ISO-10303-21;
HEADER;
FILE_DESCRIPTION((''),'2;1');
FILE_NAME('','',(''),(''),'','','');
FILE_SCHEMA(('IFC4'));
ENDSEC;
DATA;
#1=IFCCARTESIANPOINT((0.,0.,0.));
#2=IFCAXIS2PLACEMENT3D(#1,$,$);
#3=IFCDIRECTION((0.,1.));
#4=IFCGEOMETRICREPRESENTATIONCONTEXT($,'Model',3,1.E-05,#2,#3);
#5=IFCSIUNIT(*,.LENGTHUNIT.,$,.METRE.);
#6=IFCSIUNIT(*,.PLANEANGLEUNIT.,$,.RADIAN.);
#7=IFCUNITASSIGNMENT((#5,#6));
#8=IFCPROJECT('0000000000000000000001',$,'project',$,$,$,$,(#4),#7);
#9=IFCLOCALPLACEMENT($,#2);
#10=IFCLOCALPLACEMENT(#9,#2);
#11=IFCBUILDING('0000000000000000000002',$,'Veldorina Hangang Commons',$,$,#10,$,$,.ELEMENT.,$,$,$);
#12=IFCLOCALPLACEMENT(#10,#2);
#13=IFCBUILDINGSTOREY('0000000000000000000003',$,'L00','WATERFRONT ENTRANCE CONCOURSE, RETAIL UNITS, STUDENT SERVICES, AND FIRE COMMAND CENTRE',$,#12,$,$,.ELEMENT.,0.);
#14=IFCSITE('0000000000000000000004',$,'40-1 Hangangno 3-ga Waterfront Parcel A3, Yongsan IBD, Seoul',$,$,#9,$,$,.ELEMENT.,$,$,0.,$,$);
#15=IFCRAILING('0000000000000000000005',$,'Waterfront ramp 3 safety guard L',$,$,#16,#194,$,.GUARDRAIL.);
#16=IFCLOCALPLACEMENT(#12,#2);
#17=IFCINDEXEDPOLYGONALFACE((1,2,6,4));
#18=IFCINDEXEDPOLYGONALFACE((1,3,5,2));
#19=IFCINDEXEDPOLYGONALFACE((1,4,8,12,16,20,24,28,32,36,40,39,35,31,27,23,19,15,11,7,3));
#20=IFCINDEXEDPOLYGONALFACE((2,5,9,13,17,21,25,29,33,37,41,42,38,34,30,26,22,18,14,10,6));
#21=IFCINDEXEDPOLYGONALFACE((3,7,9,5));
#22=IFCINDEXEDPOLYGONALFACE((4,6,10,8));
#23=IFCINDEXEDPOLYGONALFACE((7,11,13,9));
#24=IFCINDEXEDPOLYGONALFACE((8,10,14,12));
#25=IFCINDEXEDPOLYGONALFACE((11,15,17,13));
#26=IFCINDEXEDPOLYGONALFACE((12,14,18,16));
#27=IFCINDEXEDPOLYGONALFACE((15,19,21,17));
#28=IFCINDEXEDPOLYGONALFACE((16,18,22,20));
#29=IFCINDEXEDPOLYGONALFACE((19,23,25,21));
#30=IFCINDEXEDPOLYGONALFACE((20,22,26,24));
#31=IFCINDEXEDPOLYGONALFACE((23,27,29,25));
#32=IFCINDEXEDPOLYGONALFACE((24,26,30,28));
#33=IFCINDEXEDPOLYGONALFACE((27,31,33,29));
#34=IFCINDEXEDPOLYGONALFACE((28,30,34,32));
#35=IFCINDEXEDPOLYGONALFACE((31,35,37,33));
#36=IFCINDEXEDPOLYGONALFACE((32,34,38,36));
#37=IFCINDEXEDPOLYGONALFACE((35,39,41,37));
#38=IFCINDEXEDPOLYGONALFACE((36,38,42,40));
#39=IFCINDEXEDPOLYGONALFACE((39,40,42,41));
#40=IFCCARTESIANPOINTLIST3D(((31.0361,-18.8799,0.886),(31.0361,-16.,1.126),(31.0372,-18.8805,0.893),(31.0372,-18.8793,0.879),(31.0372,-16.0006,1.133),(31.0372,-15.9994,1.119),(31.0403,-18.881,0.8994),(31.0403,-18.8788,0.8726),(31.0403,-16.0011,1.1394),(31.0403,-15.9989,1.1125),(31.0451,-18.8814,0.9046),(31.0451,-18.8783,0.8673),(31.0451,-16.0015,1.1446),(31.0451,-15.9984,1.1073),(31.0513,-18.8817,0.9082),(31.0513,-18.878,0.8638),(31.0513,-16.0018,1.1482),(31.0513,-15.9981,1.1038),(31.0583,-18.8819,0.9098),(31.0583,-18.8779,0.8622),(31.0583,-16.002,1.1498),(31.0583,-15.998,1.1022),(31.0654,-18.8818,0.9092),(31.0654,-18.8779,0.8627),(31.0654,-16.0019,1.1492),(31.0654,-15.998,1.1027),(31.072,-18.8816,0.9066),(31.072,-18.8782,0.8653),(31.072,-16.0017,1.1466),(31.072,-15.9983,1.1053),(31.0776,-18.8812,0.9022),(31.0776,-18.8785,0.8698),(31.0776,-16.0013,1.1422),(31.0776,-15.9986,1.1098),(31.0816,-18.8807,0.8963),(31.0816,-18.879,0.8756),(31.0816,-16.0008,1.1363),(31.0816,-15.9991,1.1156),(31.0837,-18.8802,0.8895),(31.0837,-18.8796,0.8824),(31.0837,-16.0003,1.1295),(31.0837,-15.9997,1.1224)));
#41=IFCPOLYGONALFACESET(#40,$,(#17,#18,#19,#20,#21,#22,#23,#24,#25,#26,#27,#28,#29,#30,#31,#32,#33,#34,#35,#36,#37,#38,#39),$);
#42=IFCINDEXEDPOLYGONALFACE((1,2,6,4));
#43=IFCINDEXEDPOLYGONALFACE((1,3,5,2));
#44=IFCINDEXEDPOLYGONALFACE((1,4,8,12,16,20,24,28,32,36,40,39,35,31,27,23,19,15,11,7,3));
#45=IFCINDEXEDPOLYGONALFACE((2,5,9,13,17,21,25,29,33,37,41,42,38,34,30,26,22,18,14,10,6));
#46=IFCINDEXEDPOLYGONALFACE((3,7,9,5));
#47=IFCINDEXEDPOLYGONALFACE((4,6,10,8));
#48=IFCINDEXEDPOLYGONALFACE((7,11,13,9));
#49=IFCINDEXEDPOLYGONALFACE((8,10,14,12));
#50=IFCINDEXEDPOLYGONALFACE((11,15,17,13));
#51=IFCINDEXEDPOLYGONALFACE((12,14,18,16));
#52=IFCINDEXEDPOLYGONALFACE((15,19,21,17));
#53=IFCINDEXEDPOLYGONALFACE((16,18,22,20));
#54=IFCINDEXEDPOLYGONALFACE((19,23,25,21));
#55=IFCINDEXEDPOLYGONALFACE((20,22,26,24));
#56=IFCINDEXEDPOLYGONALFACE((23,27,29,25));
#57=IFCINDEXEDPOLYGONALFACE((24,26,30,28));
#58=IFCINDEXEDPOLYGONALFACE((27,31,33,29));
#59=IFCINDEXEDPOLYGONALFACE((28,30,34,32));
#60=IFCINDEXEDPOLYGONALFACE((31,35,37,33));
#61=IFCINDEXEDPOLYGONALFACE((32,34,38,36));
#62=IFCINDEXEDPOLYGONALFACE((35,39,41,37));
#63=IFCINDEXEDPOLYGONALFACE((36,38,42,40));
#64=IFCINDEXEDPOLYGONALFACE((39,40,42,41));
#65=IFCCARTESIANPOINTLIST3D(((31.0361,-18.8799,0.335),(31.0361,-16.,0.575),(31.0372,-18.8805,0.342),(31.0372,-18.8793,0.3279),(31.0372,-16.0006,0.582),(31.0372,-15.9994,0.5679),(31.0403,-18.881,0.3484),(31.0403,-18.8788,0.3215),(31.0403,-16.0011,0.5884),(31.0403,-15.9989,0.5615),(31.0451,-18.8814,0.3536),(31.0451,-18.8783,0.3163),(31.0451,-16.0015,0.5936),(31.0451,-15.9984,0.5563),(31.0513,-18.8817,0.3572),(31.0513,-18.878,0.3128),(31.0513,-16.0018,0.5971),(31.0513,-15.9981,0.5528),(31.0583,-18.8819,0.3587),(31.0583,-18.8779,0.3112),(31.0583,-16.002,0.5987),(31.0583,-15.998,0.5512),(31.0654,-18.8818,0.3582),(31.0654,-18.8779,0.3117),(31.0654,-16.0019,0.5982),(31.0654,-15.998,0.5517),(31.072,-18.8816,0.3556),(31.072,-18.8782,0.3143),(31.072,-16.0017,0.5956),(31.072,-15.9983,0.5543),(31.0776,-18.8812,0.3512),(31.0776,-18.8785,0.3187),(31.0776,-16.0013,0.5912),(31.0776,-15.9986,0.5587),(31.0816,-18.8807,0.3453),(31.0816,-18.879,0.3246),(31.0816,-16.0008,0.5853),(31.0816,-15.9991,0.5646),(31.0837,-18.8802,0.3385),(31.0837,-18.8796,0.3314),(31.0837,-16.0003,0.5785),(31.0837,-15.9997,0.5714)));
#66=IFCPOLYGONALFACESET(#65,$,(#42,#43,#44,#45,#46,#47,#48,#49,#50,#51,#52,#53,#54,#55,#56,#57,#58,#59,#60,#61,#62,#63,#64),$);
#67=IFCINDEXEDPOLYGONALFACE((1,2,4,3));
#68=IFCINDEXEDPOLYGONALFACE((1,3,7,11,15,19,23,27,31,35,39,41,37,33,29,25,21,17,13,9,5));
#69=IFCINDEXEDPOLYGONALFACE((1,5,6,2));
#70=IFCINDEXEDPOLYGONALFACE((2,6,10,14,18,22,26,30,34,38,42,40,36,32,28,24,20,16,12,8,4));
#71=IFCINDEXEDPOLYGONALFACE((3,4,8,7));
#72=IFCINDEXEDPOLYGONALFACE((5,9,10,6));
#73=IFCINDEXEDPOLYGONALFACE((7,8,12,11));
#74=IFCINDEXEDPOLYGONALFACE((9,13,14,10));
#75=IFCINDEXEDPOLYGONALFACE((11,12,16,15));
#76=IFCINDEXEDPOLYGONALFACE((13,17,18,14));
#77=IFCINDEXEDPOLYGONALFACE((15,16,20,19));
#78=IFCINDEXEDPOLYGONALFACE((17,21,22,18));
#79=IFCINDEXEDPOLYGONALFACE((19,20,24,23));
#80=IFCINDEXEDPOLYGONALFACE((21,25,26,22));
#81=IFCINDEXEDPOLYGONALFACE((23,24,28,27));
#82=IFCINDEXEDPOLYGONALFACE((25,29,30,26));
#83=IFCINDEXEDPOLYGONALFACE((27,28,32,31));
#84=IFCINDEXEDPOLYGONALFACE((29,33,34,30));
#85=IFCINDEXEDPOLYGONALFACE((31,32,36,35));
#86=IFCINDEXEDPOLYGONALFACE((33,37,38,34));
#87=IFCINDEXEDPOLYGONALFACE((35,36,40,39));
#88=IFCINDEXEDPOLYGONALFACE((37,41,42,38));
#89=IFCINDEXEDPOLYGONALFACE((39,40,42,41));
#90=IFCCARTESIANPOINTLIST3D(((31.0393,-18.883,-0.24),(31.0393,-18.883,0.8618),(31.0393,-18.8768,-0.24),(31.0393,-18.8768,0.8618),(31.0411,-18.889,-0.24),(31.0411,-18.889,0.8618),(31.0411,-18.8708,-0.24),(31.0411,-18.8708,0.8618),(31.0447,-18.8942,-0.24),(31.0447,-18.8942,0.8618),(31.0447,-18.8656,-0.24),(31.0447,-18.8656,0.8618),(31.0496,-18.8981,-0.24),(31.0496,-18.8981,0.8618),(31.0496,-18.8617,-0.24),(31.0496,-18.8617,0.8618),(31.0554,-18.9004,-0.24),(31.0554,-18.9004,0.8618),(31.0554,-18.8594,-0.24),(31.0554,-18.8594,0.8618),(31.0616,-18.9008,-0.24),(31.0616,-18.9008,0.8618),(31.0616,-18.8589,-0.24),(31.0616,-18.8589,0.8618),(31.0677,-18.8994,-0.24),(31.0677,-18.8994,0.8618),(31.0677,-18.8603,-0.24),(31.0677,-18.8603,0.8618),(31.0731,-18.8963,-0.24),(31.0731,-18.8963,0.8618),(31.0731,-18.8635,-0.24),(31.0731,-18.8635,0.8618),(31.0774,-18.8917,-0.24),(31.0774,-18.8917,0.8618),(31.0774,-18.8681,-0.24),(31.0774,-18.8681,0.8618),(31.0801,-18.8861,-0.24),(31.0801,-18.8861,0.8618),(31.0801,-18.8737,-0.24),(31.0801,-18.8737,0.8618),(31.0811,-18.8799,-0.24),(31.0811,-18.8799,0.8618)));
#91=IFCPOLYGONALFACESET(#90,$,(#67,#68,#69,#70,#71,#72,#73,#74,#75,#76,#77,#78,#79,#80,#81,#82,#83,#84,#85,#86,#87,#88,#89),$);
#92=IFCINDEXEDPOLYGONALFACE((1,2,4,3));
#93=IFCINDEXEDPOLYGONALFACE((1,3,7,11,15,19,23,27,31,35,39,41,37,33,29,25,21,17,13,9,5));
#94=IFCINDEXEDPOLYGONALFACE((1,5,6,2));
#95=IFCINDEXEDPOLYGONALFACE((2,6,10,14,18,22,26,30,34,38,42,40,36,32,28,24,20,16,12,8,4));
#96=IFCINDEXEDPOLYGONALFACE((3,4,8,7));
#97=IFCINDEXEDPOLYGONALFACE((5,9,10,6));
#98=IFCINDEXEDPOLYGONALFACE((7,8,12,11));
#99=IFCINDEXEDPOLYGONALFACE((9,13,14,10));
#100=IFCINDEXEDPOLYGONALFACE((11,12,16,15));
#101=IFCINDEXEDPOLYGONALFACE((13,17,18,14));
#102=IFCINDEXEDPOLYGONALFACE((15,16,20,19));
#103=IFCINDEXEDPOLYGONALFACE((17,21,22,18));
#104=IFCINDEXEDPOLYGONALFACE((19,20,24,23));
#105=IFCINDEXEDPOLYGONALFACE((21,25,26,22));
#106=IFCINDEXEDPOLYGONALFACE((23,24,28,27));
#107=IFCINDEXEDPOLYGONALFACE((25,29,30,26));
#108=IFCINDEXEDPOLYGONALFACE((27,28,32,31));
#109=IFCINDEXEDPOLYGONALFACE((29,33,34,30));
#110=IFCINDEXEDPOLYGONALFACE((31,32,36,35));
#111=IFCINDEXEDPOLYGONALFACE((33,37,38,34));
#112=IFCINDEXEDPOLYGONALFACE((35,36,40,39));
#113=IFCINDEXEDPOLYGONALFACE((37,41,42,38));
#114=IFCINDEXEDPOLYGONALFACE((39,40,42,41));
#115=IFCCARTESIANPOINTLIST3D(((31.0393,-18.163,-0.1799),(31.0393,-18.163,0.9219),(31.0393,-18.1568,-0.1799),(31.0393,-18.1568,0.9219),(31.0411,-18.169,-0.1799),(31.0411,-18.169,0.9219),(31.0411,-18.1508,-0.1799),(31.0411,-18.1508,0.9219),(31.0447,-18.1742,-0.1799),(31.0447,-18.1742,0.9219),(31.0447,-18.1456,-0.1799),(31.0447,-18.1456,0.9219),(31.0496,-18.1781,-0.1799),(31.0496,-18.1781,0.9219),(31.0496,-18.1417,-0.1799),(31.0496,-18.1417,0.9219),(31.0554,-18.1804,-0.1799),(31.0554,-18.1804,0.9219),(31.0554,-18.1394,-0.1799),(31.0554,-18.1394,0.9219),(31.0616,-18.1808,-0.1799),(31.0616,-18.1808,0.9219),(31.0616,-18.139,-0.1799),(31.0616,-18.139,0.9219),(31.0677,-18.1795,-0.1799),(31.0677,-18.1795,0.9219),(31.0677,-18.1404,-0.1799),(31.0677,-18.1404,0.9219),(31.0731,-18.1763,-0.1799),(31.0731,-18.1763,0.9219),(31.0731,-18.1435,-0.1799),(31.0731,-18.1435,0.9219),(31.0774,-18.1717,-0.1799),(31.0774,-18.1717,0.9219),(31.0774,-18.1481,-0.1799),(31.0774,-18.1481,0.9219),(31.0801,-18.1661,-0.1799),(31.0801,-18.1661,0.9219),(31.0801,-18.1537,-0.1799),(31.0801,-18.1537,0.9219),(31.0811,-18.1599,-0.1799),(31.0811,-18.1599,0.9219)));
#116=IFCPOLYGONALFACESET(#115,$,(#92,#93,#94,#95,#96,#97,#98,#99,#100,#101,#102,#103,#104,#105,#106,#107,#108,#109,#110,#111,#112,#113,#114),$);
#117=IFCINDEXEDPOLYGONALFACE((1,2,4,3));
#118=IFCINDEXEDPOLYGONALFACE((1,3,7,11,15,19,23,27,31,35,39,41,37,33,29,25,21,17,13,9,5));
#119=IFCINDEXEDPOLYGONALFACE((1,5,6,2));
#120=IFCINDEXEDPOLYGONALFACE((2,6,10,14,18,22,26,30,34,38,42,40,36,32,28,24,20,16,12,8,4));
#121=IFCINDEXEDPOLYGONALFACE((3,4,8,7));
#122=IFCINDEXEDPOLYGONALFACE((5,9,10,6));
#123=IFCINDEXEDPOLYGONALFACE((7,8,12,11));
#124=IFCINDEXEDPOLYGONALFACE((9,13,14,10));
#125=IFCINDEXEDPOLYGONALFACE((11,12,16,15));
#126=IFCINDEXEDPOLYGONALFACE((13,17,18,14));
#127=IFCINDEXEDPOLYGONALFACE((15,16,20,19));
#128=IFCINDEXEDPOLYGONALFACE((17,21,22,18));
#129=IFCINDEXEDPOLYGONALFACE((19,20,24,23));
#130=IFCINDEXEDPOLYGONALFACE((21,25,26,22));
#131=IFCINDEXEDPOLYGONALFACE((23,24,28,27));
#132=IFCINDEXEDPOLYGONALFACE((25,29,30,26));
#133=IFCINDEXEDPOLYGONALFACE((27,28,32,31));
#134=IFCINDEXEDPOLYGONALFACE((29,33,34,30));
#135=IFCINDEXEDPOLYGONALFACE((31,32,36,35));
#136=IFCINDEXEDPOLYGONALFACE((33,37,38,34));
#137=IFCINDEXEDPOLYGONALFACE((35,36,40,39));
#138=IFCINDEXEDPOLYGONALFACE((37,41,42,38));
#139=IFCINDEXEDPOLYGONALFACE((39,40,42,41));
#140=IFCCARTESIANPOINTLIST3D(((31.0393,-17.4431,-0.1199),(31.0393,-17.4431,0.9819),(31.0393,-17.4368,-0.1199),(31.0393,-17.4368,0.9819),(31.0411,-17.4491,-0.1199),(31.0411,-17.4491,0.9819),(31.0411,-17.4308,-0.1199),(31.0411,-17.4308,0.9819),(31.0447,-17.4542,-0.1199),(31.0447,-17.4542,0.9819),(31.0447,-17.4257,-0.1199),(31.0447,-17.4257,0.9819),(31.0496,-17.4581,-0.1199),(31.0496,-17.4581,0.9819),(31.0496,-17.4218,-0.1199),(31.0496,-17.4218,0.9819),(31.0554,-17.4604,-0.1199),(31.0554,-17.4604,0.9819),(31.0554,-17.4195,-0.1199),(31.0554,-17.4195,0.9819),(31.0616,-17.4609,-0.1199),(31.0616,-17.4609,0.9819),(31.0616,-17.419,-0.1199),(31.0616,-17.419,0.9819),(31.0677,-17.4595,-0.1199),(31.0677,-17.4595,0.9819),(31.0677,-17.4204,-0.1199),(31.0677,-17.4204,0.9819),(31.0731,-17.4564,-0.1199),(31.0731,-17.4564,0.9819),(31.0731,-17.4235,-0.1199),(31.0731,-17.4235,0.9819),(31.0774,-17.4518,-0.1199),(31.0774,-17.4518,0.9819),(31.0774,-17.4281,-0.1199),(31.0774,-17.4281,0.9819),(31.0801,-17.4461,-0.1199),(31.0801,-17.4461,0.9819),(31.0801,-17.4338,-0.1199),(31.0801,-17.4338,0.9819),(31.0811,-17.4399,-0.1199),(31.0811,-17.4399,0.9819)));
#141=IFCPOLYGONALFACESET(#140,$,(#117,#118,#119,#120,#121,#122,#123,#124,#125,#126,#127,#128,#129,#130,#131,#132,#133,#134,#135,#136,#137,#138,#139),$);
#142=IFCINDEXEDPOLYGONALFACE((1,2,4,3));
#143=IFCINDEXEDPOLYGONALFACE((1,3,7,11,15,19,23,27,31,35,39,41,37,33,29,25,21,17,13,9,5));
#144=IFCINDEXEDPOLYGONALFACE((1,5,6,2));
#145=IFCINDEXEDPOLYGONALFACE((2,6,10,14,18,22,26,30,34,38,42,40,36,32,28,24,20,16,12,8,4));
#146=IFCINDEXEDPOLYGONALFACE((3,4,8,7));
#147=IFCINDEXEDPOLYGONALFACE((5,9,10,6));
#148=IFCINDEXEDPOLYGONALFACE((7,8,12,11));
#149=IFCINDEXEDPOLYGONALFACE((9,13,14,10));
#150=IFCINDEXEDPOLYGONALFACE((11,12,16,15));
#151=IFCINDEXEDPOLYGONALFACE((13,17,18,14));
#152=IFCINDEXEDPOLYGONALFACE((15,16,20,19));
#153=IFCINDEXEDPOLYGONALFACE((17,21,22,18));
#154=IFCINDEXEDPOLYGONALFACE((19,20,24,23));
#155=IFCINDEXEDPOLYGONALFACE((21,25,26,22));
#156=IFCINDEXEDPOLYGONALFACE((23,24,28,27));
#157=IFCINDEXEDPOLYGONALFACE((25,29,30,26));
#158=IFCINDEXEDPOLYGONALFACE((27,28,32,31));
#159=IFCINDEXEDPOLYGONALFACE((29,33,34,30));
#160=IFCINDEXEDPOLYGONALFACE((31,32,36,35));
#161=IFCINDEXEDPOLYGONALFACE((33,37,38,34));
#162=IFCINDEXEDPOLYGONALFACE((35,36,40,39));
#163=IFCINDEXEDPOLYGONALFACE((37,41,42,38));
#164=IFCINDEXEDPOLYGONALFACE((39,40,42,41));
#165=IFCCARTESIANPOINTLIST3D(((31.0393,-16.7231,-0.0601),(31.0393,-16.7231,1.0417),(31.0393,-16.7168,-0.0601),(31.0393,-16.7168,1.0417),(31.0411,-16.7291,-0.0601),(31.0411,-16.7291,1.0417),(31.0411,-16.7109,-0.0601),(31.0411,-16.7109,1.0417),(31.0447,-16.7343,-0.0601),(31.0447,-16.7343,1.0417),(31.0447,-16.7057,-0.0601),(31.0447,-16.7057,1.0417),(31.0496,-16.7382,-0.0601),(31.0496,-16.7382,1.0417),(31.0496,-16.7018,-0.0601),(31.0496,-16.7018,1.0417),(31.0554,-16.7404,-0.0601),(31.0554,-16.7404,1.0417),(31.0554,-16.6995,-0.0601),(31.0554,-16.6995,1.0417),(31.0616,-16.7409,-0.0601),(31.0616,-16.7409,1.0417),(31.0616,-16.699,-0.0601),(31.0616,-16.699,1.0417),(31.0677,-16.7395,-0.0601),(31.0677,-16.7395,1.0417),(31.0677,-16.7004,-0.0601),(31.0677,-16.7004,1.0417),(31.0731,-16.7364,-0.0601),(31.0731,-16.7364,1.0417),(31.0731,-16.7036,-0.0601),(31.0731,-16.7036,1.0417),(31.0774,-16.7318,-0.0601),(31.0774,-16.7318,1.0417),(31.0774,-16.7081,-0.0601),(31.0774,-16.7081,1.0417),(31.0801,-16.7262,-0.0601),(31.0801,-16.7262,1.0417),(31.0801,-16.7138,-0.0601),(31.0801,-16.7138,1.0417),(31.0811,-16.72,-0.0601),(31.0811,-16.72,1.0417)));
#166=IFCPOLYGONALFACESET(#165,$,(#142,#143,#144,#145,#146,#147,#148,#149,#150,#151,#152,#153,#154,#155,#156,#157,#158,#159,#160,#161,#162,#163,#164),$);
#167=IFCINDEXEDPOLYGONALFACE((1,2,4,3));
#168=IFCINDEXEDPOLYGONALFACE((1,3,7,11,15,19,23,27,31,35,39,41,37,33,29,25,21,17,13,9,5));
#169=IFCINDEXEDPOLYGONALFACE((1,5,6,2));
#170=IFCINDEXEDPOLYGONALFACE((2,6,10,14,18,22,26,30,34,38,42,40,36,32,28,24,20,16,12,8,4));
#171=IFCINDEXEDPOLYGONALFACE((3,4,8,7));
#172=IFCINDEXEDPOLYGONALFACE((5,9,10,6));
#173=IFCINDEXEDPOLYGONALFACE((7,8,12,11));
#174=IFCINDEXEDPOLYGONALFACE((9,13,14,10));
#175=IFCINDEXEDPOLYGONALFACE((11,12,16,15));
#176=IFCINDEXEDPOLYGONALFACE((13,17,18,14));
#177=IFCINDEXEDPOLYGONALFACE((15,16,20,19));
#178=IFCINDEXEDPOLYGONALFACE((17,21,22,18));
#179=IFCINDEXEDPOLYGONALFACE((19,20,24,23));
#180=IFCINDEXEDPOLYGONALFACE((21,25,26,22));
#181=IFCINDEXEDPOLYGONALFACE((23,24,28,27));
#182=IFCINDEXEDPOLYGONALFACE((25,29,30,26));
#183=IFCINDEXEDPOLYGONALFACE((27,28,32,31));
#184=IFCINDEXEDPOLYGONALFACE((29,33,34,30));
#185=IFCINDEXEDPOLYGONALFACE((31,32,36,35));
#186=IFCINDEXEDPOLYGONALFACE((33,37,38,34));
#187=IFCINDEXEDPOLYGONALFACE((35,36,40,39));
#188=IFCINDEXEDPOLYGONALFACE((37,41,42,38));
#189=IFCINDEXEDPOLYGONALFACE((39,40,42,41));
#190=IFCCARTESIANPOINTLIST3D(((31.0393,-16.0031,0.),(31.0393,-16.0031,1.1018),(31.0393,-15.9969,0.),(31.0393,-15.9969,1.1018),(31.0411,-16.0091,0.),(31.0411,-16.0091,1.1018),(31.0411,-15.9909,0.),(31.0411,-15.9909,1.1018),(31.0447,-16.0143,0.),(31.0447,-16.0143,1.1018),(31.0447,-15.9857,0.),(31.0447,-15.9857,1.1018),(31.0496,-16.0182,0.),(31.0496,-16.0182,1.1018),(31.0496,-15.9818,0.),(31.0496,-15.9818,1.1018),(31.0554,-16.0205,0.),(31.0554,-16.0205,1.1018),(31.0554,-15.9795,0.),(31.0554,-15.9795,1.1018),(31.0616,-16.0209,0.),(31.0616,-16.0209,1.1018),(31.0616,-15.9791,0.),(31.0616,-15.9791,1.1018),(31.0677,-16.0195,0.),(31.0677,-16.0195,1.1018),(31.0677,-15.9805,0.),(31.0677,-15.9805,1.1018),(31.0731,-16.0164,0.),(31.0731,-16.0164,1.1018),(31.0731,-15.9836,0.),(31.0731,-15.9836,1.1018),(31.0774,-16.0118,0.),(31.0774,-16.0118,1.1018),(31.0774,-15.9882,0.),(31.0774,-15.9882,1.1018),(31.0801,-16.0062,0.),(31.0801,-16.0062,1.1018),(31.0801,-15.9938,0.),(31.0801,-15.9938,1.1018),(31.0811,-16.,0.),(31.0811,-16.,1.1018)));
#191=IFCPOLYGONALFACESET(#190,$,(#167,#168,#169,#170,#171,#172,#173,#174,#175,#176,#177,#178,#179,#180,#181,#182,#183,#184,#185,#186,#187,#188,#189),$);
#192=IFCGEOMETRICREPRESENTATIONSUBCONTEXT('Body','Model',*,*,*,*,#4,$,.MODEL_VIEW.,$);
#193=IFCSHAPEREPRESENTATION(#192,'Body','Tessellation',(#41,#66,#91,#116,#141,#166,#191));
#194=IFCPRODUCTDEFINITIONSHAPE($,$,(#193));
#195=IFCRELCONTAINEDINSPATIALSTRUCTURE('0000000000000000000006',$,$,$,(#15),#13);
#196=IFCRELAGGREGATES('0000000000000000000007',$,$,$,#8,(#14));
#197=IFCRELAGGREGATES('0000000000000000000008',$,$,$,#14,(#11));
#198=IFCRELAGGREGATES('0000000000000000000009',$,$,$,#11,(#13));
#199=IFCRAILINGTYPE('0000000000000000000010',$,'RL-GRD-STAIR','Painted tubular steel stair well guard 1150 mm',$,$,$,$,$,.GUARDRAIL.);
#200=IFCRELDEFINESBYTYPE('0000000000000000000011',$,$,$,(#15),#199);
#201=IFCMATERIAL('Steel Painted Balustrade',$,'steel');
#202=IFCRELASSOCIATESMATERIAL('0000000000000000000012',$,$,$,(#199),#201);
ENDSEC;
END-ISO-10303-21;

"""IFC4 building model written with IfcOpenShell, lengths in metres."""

from ifc_helpers import new_model, si_unit, direction, frame, origin, origin_2d, place, context, subcontext, project, spatial, circle, extrude, material, type_object, element, save


model = new_model("IFC4")

# Units and contexts
model_context = context("Model", 3, precision=1e-05, world=origin(), true_north=direction((0.0, 1.0)))
body_context = subcontext(model_context, "Body", "Model", "MODEL_VIEW")
ifc_project = project(units=[si_unit("LENGTHUNIT", "METRE"), si_unit("PLANEANGLEUNIT", "RADIAN")], contexts=[model_context])

# Site, building, storey
site_placement = place(None, origin())
site = spatial("IfcSite", under=ifc_project, at=site_placement, Name="40-1 Hangangno 3-ga Waterfront Parcel A3, Yongsan IBD, Seoul", CompositionType="ELEMENT", RefElevation=0.0)
building_placement = place(site_placement, origin())
building = spatial("IfcBuilding", under=site, at=building_placement, Name="Veldorina Hangang Commons", CompositionType="ELEMENT")
storey_placement = place(building_placement, origin())
storey = spatial("IfcBuildingStorey", under=building, at=storey_placement, Name="L00", Description="WATERFRONT ENTRANCE CONCOURSE, RETAIL UNITS, STUDENT SERVICES, AND FIRE COMMAND CENTRE", CompositionType="ELEMENT", Elevation=0.0)

# Railing
ifc_material_1 = material(Name="Steel Painted Balustrade", Category="steel")
railing_type_1 = type_object("IfcRailingType", Name="RL-GRD-STAIR", Description="Painted tubular steel stair well guard 1150 mm", PredefinedType="GUARDRAIL", material=ifc_material_1)
for number, where, name in (
    (1, (31.0601, -18.8799, -0.24), "Waterfront ramp 3 safety guard L"),
):
    element("IfcRailing", number, at=place(storey_placement, frame(where)), inside=storey, type_object=railing_type_1, Name=name, PredefinedType="GUARDRAIL", context=body_context, shape_type="SweptSolid", body=[
        extrude(circle(Radius=0.0239, at=origin_2d()), frame((0.0, 0.0, 1.126), z_axis=(0.0, 0.996546, 0.083045), x_axis=(-1.0, 0.0, 0.0)), (0.0, 0.0, 1.0), 2.8899),
        extrude(circle(Radius=0.0239, at=origin_2d()), frame((0.0, 0.0, 0.575), z_axis=(0.0, 0.996546, 0.083045), x_axis=(-1.0, 0.0, 0.0)), (0.0, 0.0, 1.0), 2.8899),
        extrude(circle(Radius=0.021, at=origin_2d()), origin(), (0.0, 0.0, 1.0), 1.1018),
        extrude(circle(Radius=0.021, at=origin_2d()), frame((0.0, 0.72, 0.0601)), (0.0, 0.0, 1.0), 1.1018),
        extrude(circle(Radius=0.021, at=origin_2d()), frame((0.0, 1.4399, 0.1201)), (0.0, 0.0, 1.0), 1.1018),
        extrude(circle(Radius=0.021, at=origin_2d()), frame((0.0, 2.1599, 0.1799)), (0.0, 0.0, 1.0), 1.1018),
        extrude(circle(Radius=0.021, at=origin_2d()), frame((0.0, 2.8799, 0.24)), (0.0, 0.0, 1.0), 1.1018),
    ])

save(model, "model.ifc")
